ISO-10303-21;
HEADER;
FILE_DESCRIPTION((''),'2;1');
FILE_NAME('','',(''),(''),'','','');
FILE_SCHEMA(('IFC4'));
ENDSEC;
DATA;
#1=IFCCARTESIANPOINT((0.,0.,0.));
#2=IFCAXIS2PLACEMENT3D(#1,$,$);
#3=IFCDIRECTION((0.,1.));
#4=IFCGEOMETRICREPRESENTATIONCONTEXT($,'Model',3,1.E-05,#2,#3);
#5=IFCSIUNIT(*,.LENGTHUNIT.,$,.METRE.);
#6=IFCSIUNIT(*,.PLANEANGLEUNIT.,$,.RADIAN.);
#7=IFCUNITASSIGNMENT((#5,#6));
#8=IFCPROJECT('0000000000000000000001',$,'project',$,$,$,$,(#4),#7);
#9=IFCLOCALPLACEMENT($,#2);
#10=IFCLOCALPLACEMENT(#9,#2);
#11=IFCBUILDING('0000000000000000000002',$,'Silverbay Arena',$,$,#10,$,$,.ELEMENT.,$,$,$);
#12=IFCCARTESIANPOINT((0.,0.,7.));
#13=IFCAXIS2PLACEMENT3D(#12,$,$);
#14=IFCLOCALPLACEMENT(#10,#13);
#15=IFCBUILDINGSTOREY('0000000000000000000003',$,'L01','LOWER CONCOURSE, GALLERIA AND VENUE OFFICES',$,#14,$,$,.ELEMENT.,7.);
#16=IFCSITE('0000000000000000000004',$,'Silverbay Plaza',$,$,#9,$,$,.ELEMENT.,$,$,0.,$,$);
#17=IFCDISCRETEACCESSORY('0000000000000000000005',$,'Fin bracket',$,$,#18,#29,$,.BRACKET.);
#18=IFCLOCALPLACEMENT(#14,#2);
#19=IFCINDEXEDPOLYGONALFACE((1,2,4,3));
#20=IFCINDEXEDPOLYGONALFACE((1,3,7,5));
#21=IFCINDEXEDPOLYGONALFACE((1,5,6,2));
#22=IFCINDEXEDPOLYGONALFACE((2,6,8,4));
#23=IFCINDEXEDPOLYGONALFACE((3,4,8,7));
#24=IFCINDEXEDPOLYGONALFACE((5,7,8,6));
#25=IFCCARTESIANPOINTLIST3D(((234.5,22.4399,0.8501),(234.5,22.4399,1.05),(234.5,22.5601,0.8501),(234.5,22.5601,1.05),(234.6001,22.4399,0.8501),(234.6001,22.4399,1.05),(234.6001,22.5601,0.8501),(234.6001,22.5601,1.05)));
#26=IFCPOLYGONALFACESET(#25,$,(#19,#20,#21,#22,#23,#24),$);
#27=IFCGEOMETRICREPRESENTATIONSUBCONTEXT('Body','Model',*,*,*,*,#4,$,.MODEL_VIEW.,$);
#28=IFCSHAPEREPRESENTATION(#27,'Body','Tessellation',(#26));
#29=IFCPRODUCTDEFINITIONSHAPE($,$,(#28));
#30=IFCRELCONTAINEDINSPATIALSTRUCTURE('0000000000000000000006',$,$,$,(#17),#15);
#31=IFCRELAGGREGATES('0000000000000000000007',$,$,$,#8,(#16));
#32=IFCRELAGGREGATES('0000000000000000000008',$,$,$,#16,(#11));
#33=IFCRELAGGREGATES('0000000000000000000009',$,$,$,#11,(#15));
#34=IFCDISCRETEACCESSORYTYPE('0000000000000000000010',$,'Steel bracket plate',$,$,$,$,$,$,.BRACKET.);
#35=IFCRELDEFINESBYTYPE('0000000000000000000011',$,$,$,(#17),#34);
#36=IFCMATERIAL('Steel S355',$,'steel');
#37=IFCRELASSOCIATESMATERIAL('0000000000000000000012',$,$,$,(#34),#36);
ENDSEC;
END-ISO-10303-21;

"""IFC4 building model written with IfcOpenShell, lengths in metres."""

from ifc_helpers import new_model, si_unit, direction, frame, origin, origin_2d, place, context, subcontext, project, spatial, rectangle, extrude, material, type_object, element, save


model = new_model("IFC4")

# Units and contexts
model_context = context("Model", 3, precision=1e-05, world=origin(), true_north=direction((0.0, 1.0)))
body_context = subcontext(model_context, "Body", "Model", "MODEL_VIEW")
ifc_project = project(units=[si_unit("LENGTHUNIT", "METRE"), si_unit("PLANEANGLEUNIT", "RADIAN")], contexts=[model_context])

# Site, building, storey
site_placement = place(None, origin())
site = spatial("IfcSite", under=ifc_project, at=site_placement, Name="Silverbay Plaza", CompositionType="ELEMENT", RefElevation=0.0)
building_placement = place(site_placement, origin())
building = spatial("IfcBuilding", under=site, at=building_placement, Name="Silverbay Arena", CompositionType="ELEMENT")
storey_placement = place(building_placement, frame((0.0, 0.0, 7.0)))
storey = spatial("IfcBuildingStorey", under=building, at=storey_placement, Name="L01", Description="LOWER CONCOURSE, GALLERIA AND VENUE OFFICES", CompositionType="ELEMENT", Elevation=7.0)

# Discrete accessory
ifc_material_1 = material(Name="Steel S355", Category="steel")
discrete_accessory_type = type_object("IfcDiscreteAccessoryType", Name="Steel bracket plate", PredefinedType="BRACKET", material=ifc_material_1)
discrete_accessory_placement = place(storey_placement, frame((234.55, 22.5, 0.8501), z_axis=(0.0, 0.0, 1.0), x_axis=(1.0, 0.0, 0.0)))
element("IfcDiscreteAccessory", 1, at=discrete_accessory_placement, inside=storey, type_object=discrete_accessory_type, Name="Fin bracket", PredefinedType="BRACKET", context=body_context, shape_type="SweptSolid", body=[
    extrude(rectangle(XDim=0.1001, YDim=0.1201, at=origin_2d()), origin(), (0.0, 0.0, 1.0), 0.2),
])

save(model, "model.ifc")
